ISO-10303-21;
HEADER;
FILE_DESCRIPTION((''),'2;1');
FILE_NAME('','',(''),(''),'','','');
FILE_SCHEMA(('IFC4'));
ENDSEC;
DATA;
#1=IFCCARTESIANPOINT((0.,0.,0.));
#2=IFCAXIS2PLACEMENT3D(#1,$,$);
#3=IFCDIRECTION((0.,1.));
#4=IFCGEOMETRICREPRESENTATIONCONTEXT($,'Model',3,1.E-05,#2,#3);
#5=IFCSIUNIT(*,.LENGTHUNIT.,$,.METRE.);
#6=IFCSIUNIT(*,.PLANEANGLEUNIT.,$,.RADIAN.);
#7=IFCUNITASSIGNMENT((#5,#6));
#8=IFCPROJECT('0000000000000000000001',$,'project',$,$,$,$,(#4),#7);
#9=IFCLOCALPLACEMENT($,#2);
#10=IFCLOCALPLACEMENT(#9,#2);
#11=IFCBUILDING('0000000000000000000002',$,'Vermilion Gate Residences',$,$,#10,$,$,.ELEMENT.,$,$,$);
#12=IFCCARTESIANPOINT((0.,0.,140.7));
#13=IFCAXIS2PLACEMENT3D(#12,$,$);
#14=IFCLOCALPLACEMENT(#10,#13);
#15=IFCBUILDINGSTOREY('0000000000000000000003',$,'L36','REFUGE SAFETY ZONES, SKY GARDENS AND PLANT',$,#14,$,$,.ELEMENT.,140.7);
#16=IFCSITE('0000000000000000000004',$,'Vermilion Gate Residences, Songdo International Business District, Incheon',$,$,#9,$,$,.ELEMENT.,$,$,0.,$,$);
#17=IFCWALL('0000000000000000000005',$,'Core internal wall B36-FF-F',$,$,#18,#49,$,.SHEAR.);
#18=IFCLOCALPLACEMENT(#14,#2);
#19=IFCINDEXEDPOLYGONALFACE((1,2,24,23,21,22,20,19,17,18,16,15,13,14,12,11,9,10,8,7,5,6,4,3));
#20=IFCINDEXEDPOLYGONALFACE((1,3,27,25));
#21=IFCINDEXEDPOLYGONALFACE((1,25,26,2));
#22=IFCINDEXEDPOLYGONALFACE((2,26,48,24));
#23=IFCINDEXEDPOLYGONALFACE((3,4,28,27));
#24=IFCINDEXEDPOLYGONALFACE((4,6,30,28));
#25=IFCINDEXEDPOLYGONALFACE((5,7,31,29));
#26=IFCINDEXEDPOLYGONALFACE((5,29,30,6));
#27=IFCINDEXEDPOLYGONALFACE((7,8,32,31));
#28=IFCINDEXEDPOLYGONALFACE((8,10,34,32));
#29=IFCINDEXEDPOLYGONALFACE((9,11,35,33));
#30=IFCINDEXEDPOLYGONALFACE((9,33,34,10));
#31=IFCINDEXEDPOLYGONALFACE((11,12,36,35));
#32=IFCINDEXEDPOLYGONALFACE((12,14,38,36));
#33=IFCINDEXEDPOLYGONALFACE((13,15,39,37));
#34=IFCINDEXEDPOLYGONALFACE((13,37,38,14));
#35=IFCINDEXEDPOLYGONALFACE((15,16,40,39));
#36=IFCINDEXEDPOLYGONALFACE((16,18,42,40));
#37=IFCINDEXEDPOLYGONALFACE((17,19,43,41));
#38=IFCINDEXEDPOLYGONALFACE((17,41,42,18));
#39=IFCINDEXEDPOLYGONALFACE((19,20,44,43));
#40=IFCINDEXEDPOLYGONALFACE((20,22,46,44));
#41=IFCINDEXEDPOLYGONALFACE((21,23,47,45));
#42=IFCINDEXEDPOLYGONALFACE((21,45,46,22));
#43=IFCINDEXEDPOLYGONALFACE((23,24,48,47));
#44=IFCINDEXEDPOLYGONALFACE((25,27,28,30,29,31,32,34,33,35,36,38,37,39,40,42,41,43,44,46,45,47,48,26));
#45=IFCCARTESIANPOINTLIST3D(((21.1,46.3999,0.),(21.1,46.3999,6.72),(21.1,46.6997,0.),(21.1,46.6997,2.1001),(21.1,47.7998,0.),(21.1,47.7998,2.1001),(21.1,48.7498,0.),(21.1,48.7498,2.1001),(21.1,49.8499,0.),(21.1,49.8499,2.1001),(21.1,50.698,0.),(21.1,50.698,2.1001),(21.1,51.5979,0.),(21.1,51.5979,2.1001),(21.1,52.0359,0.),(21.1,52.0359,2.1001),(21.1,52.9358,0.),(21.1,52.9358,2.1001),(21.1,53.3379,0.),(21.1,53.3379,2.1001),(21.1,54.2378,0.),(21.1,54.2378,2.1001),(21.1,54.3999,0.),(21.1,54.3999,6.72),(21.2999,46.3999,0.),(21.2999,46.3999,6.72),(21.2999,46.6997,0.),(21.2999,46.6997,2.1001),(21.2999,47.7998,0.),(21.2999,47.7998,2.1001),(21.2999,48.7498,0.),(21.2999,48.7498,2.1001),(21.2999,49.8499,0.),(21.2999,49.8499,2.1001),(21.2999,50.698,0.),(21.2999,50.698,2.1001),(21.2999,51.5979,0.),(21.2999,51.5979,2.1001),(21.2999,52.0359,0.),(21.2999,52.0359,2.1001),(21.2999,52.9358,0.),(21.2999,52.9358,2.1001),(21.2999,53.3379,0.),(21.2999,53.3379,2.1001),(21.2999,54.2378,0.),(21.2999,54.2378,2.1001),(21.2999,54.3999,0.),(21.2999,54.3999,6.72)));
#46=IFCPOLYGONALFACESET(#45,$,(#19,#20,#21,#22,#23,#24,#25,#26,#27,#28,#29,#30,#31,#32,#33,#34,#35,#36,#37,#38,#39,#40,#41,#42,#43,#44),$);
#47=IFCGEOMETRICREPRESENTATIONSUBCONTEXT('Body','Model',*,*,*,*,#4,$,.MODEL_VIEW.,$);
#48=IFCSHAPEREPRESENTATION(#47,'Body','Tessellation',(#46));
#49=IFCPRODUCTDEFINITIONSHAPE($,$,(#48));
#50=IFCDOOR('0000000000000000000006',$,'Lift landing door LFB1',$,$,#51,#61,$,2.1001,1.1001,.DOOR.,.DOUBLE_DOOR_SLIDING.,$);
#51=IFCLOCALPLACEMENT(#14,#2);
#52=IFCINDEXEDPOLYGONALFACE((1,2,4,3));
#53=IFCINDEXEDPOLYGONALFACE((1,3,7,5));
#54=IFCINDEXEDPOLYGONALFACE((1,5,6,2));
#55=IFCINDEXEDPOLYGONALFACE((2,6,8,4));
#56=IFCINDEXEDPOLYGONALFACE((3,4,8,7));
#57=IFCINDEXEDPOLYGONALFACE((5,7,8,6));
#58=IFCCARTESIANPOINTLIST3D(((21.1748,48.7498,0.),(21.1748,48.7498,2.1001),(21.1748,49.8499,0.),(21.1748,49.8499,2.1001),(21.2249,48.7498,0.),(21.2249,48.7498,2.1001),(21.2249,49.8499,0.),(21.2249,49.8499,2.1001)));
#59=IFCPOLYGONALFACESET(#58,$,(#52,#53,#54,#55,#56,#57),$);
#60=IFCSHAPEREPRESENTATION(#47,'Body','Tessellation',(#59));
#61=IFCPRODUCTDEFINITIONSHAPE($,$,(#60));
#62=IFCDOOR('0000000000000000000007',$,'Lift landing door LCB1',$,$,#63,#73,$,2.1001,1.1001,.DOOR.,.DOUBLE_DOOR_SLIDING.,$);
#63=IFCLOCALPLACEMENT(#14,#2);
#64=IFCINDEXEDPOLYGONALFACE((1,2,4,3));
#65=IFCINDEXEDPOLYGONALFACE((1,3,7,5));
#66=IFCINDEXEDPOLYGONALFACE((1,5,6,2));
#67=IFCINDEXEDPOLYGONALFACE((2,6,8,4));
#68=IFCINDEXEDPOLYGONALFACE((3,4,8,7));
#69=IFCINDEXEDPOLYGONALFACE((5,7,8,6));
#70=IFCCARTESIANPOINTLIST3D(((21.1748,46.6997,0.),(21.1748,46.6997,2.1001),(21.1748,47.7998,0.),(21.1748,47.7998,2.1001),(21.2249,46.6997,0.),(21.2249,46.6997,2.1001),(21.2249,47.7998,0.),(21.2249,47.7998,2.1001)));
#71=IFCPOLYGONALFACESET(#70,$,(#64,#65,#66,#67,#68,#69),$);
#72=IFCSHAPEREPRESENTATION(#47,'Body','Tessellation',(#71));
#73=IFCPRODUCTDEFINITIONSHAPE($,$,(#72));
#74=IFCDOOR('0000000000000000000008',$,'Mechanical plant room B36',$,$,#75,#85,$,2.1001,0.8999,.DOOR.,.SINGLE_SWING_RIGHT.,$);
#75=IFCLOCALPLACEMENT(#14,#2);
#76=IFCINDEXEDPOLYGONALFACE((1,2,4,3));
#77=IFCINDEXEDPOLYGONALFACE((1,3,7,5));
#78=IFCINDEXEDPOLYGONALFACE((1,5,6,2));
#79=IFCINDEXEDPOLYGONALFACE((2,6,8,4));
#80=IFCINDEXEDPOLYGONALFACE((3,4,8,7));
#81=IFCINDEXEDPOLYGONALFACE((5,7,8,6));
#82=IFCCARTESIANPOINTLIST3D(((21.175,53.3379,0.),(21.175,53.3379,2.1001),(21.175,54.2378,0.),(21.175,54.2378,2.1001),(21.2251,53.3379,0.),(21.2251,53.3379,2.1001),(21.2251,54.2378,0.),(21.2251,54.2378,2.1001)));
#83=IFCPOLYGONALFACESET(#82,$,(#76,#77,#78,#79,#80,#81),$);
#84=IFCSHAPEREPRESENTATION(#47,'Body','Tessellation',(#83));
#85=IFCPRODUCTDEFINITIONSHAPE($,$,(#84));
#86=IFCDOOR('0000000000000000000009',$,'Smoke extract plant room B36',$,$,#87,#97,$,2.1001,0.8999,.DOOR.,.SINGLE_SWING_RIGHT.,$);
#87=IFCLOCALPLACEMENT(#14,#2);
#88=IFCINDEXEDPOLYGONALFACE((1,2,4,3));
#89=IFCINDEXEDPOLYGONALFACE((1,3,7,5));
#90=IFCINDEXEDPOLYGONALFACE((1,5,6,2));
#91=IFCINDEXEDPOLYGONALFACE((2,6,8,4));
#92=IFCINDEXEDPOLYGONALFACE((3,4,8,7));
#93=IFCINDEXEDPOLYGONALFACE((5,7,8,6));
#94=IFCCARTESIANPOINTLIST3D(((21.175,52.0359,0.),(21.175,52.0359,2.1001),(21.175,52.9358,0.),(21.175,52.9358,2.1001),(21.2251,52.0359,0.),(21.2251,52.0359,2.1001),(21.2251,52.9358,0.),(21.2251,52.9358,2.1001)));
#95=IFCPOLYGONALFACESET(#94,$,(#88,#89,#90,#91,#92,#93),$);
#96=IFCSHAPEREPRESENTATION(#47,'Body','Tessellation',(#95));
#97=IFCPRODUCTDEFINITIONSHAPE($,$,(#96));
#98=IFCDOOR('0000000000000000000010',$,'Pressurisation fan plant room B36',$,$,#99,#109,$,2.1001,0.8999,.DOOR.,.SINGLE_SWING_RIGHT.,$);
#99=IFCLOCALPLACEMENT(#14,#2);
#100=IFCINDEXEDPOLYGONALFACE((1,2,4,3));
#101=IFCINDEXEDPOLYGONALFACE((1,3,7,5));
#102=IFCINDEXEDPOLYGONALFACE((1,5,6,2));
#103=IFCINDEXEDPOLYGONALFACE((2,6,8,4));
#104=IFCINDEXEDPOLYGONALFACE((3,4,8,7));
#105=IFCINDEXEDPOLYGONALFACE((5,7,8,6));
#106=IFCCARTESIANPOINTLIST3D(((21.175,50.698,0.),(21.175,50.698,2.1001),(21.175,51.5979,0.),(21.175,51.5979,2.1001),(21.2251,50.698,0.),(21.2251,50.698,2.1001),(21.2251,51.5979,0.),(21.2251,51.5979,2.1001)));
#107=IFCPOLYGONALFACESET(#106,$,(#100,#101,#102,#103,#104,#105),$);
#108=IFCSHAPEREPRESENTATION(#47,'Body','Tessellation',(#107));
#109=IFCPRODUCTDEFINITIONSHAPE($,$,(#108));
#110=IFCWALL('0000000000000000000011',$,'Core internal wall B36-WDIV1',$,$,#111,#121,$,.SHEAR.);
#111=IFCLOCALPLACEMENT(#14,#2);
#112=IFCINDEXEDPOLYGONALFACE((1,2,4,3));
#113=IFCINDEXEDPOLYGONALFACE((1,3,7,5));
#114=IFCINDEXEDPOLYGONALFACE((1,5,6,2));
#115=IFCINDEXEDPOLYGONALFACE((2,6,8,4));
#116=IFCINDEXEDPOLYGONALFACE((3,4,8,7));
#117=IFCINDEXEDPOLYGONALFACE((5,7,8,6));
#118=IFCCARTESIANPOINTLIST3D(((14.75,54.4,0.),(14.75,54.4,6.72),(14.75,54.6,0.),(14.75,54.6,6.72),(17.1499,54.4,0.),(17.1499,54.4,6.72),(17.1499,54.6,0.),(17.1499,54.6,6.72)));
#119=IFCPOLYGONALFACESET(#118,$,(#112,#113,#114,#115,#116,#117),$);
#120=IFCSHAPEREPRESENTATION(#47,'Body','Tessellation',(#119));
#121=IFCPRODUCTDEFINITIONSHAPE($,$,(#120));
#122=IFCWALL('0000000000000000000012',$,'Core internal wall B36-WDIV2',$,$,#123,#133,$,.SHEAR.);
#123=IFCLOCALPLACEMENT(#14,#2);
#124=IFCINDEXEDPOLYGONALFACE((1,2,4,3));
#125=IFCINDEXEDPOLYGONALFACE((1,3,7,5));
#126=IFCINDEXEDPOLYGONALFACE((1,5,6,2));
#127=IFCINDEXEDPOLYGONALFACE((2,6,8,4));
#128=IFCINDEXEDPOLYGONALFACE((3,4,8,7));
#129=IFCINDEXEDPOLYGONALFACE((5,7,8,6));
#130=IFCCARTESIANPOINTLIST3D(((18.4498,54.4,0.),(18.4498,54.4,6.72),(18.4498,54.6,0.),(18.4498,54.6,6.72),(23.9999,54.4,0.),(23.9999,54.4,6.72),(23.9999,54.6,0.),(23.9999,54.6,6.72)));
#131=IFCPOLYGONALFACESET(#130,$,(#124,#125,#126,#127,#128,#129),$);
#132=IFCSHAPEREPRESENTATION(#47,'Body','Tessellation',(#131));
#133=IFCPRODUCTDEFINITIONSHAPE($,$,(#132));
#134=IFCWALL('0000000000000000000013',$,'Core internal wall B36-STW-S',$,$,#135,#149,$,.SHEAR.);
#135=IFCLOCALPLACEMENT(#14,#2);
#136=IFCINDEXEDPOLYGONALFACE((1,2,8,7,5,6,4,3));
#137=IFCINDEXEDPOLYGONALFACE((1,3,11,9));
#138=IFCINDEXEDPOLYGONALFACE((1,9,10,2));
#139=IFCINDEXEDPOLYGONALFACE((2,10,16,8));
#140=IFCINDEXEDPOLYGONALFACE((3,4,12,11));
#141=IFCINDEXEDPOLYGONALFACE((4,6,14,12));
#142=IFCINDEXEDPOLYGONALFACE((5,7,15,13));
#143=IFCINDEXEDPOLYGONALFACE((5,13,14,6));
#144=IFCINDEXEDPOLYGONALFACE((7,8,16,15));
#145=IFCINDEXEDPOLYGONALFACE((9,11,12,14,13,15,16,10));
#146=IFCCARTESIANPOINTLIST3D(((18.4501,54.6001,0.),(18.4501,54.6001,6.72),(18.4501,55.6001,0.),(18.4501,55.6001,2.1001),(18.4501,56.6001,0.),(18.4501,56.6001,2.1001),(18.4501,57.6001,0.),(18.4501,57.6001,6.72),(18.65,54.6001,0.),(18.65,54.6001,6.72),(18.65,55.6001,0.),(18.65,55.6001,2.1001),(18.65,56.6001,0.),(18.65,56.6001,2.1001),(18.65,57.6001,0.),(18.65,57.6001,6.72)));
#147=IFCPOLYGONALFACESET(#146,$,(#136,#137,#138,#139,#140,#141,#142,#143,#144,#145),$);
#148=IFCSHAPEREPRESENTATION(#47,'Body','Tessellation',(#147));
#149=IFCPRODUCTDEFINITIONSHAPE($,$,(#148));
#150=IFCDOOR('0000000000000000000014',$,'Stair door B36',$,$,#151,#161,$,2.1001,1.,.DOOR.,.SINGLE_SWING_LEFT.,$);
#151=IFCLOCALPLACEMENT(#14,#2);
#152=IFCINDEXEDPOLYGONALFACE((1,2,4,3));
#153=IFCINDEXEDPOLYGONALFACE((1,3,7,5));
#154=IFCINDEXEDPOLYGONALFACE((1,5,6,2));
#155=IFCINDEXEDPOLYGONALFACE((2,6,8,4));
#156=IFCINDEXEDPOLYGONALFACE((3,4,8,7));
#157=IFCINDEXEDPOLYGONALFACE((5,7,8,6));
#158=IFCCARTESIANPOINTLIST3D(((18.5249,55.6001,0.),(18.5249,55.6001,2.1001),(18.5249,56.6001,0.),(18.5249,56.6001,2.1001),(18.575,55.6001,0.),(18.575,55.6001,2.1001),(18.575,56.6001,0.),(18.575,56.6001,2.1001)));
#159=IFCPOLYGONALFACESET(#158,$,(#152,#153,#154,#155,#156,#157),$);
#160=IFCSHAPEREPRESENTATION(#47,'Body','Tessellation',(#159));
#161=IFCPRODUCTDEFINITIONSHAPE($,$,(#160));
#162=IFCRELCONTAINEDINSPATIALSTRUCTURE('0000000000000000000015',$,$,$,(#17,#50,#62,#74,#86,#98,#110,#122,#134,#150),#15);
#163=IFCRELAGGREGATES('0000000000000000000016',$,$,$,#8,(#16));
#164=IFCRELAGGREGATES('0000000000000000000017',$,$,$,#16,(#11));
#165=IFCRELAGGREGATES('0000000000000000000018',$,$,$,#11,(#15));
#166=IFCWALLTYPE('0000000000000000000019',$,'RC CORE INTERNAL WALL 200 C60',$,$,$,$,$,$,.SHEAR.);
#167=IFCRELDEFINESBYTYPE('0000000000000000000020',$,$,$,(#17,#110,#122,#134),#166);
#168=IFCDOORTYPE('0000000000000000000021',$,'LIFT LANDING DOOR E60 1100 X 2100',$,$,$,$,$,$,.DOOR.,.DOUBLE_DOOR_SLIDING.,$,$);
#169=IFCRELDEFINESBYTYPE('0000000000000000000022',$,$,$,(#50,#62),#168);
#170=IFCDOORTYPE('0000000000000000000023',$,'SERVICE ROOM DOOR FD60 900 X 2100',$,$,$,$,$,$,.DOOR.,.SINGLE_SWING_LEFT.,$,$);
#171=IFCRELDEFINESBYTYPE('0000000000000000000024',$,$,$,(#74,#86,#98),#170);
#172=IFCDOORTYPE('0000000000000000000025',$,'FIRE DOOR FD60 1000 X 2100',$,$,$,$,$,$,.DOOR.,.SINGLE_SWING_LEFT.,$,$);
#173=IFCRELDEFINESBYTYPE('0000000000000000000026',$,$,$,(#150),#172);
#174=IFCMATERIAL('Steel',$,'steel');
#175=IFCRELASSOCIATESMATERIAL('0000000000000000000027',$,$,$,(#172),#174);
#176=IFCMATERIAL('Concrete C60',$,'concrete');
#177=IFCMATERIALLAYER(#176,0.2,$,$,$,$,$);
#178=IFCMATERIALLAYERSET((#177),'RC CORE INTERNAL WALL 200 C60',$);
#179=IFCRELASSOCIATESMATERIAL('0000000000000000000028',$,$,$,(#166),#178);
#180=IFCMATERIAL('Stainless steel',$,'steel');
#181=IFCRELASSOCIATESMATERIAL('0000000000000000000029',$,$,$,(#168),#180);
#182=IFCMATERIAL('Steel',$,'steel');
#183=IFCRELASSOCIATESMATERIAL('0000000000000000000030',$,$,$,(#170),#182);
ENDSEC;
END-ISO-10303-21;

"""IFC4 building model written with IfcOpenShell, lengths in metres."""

from ifc_helpers import new_model, si_unit, direction, frame, frame_2d, origin, place, context, subcontext, project, spatial, rectangle, extrude, material, layer, layer_set, type_object, element, fill, save


model = new_model("IFC4")

# Units and contexts
model_context = context("Model", 3, precision=1e-05, world=origin(), true_north=direction((0.0, 1.0)))
body_context = subcontext(model_context, "Body", "Model", "MODEL_VIEW")
ifc_project = project(units=[si_unit("LENGTHUNIT", "METRE"), si_unit("PLANEANGLEUNIT", "RADIAN")], contexts=[model_context])

# Site, building, storey
site_placement = place(None, origin())
site = spatial("IfcSite", under=ifc_project, at=site_placement, Name="Vermilion Gate Residences, Songdo International Business District, Incheon", CompositionType="ELEMENT", RefElevation=0.0)
building_placement = place(site_placement, origin())
building = spatial("IfcBuilding", under=site, at=building_placement, Name="Vermilion Gate Residences", CompositionType="ELEMENT")
storey_placement = place(building_placement, frame((0.0, 0.0, 140.7)))
storey = spatial("IfcBuildingStorey", under=building, at=storey_placement, Name="L36", Description="REFUGE SAFETY ZONES, SKY GARDENS AND PLANT", CompositionType="ELEMENT", Elevation=140.7)

# Shared definitions
ifc_material_1 = material(Name="Steel", Category="steel")
door_type_1 = type_object("IfcDoorType", Name="FIRE DOOR FD60 1000 X 2100", OperationType="SINGLE_SWING_LEFT", PredefinedType="DOOR", material=ifc_material_1)

# Shared definitions
ifc_material_2 = material(Name="Concrete C60", Category="concrete")
ifc_layer_1 = layer(ifc_material_2, 0.2)
ifc_layer_set_1 = layer_set([ifc_layer_1], Name="RC CORE INTERNAL WALL 200 C60")
wall_type_1 = type_object("IfcWallType", Name="RC CORE INTERNAL WALL 200 C60", PredefinedType="SHEAR", material=ifc_layer_set_1)

# Wall, openings, doors
wall_1_placement = place(storey_placement, frame((21.2, 54.3999, 0.0), z_axis=(0.0, 0.0, 1.0), x_axis=(0.0, -1.0, 0.0)))
wall_1 = element("IfcWall", 1, at=wall_1_placement, inside=storey, type_object=wall_type_1, Name="Core internal wall B36-FF-F", PredefinedType="SHEAR", context=body_context, shape_type="SweptSolid", body=[
    extrude(rectangle(XDim=8.0, YDim=0.2, at=frame_2d((4.0, 0.0))), origin(), (0.0, 0.0, 1.0), 6.72),
])
opening_1_placement = place(wall_1_placement, frame((0.1621, 0.0, 0.0)))
opening_1 = element("IfcOpeningElement", 2, at=opening_1_placement, cuts=wall_1, PredefinedType="OPENING", context=body_context, shape_type="SweptSolid", body=[
    extrude(rectangle(XDim=0.8999, YDim=2.1001, at=frame_2d((0.45, 1.05))), frame((0.0, 0.1099, 0.0), z_axis=(0.0, -1.0, 0.0), x_axis=(1.0, 0.0, 0.0)), (0.0, 0.0, 1.0), 0.22),
])
opening_2_placement = place(wall_1_placement, frame((1.4641, 0.0, 0.0)))
opening_2 = element("IfcOpeningElement", 3, at=opening_2_placement, cuts=wall_1, PredefinedType="OPENING", context=body_context, shape_type="SweptSolid", body=[
    extrude(rectangle(XDim=0.8999, YDim=2.1001, at=frame_2d((0.45, 1.05))), frame((0.0, 0.1099, 0.0), z_axis=(0.0, -1.0, 0.0), x_axis=(1.0, 0.0, 0.0)), (0.0, 0.0, 1.0), 0.22),
])
opening_3_placement = place(wall_1_placement, frame((2.802, 0.0, 0.0)))
opening_3 = element("IfcOpeningElement", 4, at=opening_3_placement, cuts=wall_1, PredefinedType="OPENING", context=body_context, shape_type="SweptSolid", body=[
    extrude(rectangle(XDim=0.8999, YDim=2.1001, at=frame_2d((0.45, 1.05))), frame((0.0, 0.1099, 0.0), z_axis=(0.0, -1.0, 0.0), x_axis=(1.0, 0.0, 0.0)), (0.0, 0.0, 1.0), 0.22),
])
opening_4_placement = place(wall_1_placement, frame((4.55, 0.0, 0.0)))
opening_4 = element("IfcOpeningElement", 5, at=opening_4_placement, cuts=wall_1, PredefinedType="OPENING", context=body_context, shape_type="SweptSolid", body=[
    extrude(rectangle(XDim=1.1001, YDim=2.1001, at=frame_2d((0.55, 1.05))), frame((0.0, 0.1099, 0.0), z_axis=(0.0, -1.0, 0.0), x_axis=(1.0, 0.0, 0.0)), (0.0, 0.0, 1.0), 0.22),
])
opening_5_placement = place(wall_1_placement, frame((6.6001, 0.0, 0.0)))
opening_5 = element("IfcOpeningElement", 6, at=opening_5_placement, cuts=wall_1, PredefinedType="OPENING", context=body_context, shape_type="SweptSolid", body=[
    extrude(rectangle(XDim=1.1001, YDim=2.1001, at=frame_2d((0.55, 1.05))), frame((0.0, 0.1099, 0.0), z_axis=(0.0, -1.0, 0.0), x_axis=(1.0, 0.0, 0.0)), (0.0, 0.0, 1.0), 0.22),
])
ifc_material_3 = material(Name="Stainless steel", Category="steel")
door_type_2 = type_object("IfcDoorType", Name="LIFT LANDING DOOR E60 1100 X 2100", OperationType="DOUBLE_DOOR_SLIDING", PredefinedType="DOOR", material=ifc_material_3)
door_1_placement = place(opening_4_placement, origin())
door_1 = element("IfcDoor", 7, at=door_1_placement, inside=storey, type_object=door_type_2, Name="Lift landing door LFB1", OperationType="DOUBLE_DOOR_SLIDING", OverallHeight=2.1001, OverallWidth=1.1001, PredefinedType="DOOR", context=body_context, shape_type="SweptSolid", body=[
    extrude(rectangle(XDim=1.1001, YDim=2.1001, at=frame_2d((0.55, 1.05))), frame((0.0, 0.0249, 0.0), z_axis=(0.0, -1.0, 0.0), x_axis=(1.0, 0.0, 0.0)), (0.0, 0.0, 1.0), 0.05),
])
fill(opening_4, door_1)
door_2_placement = place(opening_5_placement, origin())
door_2 = element("IfcDoor", 8, at=door_2_placement, inside=storey, type_object=door_type_2, Name="Lift landing door LCB1", OperationType="DOUBLE_DOOR_SLIDING", OverallHeight=2.1001, OverallWidth=1.1001, PredefinedType="DOOR", context=body_context, shape_type="SweptSolid", body=[
    extrude(rectangle(XDim=1.1001, YDim=2.1001, at=frame_2d((0.55, 1.05))), frame((0.0, 0.0249, 0.0), z_axis=(0.0, -1.0, 0.0), x_axis=(1.0, 0.0, 0.0)), (0.0, 0.0, 1.0), 0.05),
])
fill(opening_5, door_2)
ifc_material_4 = material(Name="Steel", Category="steel")
door_type_3 = type_object("IfcDoorType", Name="SERVICE ROOM DOOR FD60 900 X 2100", OperationType="SINGLE_SWING_LEFT", PredefinedType="DOOR", material=ifc_material_4)
door_3_placement = place(opening_1_placement, frame((0.8999, 0.0, 0.0), z_axis=(0.0, 0.0, 1.0), x_axis=(-1.0, 0.0, 0.0)))
door_3 = element("IfcDoor", 9, at=door_3_placement, inside=storey, type_object=door_type_3, Name="Mechanical plant room B36", OperationType="SINGLE_SWING_RIGHT", OverallHeight=2.1001, OverallWidth=0.8999, PredefinedType="DOOR", context=body_context, shape_type="SweptSolid", body=[
    extrude(rectangle(XDim=0.8999, YDim=2.1001, at=frame_2d((0.45, 1.05))), frame((0.0, 0.0249, 0.0), z_axis=(0.0, -1.0, 0.0), x_axis=(1.0, 0.0, 0.0)), (0.0, 0.0, 1.0), 0.05),
])
fill(opening_1, door_3)
door_4_placement = place(opening_2_placement, frame((0.8999, 0.0, 0.0), z_axis=(0.0, 0.0, 1.0), x_axis=(-1.0, 0.0, 0.0)))
door_4 = element("IfcDoor", 10, at=door_4_placement, inside=storey, type_object=door_type_3, Name="Smoke extract plant room B36", OperationType="SINGLE_SWING_RIGHT", OverallHeight=2.1001, OverallWidth=0.8999, PredefinedType="DOOR", context=body_context, shape_type="SweptSolid", body=[
    extrude(rectangle(XDim=0.8999, YDim=2.1001, at=frame_2d((0.45, 1.05))), frame((0.0, 0.0249, 0.0), z_axis=(0.0, -1.0, 0.0), x_axis=(1.0, 0.0, 0.0)), (0.0, 0.0, 1.0), 0.05),
])
fill(opening_2, door_4)
door_5_placement = place(opening_3_placement, frame((0.8999, 0.0, 0.0), z_axis=(0.0, 0.0, 1.0), x_axis=(-1.0, 0.0, 0.0)))
door_5 = element("IfcDoor", 11, at=door_5_placement, inside=storey, type_object=door_type_3, Name="Pressurisation fan plant room B36", OperationType="SINGLE_SWING_RIGHT", OverallHeight=2.1001, OverallWidth=0.8999, PredefinedType="DOOR", context=body_context, shape_type="SweptSolid", body=[
    extrude(rectangle(XDim=0.8999, YDim=2.1001, at=frame_2d((0.45, 1.05))), frame((0.0, 0.0249, 0.0), z_axis=(0.0, -1.0, 0.0), x_axis=(1.0, 0.0, 0.0)), (0.0, 0.0, 1.0), 0.05),
])
fill(opening_3, door_5)

# Walls
wall_2_placement = place(storey_placement, frame((14.75, 54.5, 0.0), z_axis=(0.0, 0.0, 1.0), x_axis=(1.0, 0.0, 0.0)))
element("IfcWall", 12, at=wall_2_placement, inside=storey, type_object=wall_type_1, Name="Core internal wall B36-WDIV1", PredefinedType="SHEAR", context=body_context, shape_type="SweptSolid", body=[
    extrude(rectangle(XDim=2.3999, YDim=0.2, at=frame_2d((1.2, 0.0))), origin(), (0.0, 0.0, 1.0), 6.72),
])
wall_3_placement = place(storey_placement, frame((18.45, 54.5, 0.0), z_axis=(0.0, 0.0, 1.0), x_axis=(1.0, 0.0, 0.0)))
element("IfcWall", 13, at=wall_3_placement, inside=storey, type_object=wall_type_1, Name="Core internal wall B36-WDIV2", PredefinedType="SHEAR", context=body_context, shape_type="SweptSolid", body=[
    extrude(rectangle(XDim=5.55, YDim=0.2, at=frame_2d((2.7749, 0.0))), origin(), (0.0, 0.0, 1.0), 6.72),
])

# Wall, opening, door
wall_4_placement = place(storey_placement, frame((18.55, 57.6001, 0.0), z_axis=(0.0, 0.0, 1.0), x_axis=(0.0, -1.0, 0.0)))
wall_4 = element("IfcWall", 14, at=wall_4_placement, inside=storey, type_object=wall_type_1, Name="Core internal wall B36-STW-S", PredefinedType="SHEAR", context=body_context, shape_type="SweptSolid", body=[
    extrude(rectangle(XDim=3.0, YDim=0.2, at=frame_2d((1.5, 0.0))), origin(), (0.0, 0.0, 1.0), 6.72),
])
opening_6_placement = place(wall_4_placement, frame((1.0, 0.0, 0.0)))
opening_6 = element("IfcOpeningElement", 15, at=opening_6_placement, cuts=wall_4, PredefinedType="OPENING", context=body_context, shape_type="SweptSolid", body=[
    extrude(rectangle(XDim=1.0, YDim=2.1001, at=frame_2d((0.5, 1.05))), frame((0.0, 0.1099, 0.0), z_axis=(0.0, -1.0, 0.0), x_axis=(1.0, 0.0, 0.0)), (0.0, 0.0, 1.0), 0.22),
])
door_6_placement = place(opening_6_placement, origin())
door_6 = element("IfcDoor", 16, at=door_6_placement, inside=storey, type_object=door_type_1, Name="Stair door B36", OperationType="SINGLE_SWING_LEFT", OverallHeight=2.1001, OverallWidth=1.0, PredefinedType="DOOR", context=body_context, shape_type="SweptSolid", body=[
    extrude(rectangle(XDim=1.0, YDim=2.1001, at=frame_2d((0.5, 1.05))), frame((0.0, 0.0249, 0.0), z_axis=(0.0, -1.0, 0.0), x_axis=(1.0, 0.0, 0.0)), (0.0, 0.0, 1.0), 0.05),
])
fill(opening_6, door_6)

save(model, "model.ifc")
